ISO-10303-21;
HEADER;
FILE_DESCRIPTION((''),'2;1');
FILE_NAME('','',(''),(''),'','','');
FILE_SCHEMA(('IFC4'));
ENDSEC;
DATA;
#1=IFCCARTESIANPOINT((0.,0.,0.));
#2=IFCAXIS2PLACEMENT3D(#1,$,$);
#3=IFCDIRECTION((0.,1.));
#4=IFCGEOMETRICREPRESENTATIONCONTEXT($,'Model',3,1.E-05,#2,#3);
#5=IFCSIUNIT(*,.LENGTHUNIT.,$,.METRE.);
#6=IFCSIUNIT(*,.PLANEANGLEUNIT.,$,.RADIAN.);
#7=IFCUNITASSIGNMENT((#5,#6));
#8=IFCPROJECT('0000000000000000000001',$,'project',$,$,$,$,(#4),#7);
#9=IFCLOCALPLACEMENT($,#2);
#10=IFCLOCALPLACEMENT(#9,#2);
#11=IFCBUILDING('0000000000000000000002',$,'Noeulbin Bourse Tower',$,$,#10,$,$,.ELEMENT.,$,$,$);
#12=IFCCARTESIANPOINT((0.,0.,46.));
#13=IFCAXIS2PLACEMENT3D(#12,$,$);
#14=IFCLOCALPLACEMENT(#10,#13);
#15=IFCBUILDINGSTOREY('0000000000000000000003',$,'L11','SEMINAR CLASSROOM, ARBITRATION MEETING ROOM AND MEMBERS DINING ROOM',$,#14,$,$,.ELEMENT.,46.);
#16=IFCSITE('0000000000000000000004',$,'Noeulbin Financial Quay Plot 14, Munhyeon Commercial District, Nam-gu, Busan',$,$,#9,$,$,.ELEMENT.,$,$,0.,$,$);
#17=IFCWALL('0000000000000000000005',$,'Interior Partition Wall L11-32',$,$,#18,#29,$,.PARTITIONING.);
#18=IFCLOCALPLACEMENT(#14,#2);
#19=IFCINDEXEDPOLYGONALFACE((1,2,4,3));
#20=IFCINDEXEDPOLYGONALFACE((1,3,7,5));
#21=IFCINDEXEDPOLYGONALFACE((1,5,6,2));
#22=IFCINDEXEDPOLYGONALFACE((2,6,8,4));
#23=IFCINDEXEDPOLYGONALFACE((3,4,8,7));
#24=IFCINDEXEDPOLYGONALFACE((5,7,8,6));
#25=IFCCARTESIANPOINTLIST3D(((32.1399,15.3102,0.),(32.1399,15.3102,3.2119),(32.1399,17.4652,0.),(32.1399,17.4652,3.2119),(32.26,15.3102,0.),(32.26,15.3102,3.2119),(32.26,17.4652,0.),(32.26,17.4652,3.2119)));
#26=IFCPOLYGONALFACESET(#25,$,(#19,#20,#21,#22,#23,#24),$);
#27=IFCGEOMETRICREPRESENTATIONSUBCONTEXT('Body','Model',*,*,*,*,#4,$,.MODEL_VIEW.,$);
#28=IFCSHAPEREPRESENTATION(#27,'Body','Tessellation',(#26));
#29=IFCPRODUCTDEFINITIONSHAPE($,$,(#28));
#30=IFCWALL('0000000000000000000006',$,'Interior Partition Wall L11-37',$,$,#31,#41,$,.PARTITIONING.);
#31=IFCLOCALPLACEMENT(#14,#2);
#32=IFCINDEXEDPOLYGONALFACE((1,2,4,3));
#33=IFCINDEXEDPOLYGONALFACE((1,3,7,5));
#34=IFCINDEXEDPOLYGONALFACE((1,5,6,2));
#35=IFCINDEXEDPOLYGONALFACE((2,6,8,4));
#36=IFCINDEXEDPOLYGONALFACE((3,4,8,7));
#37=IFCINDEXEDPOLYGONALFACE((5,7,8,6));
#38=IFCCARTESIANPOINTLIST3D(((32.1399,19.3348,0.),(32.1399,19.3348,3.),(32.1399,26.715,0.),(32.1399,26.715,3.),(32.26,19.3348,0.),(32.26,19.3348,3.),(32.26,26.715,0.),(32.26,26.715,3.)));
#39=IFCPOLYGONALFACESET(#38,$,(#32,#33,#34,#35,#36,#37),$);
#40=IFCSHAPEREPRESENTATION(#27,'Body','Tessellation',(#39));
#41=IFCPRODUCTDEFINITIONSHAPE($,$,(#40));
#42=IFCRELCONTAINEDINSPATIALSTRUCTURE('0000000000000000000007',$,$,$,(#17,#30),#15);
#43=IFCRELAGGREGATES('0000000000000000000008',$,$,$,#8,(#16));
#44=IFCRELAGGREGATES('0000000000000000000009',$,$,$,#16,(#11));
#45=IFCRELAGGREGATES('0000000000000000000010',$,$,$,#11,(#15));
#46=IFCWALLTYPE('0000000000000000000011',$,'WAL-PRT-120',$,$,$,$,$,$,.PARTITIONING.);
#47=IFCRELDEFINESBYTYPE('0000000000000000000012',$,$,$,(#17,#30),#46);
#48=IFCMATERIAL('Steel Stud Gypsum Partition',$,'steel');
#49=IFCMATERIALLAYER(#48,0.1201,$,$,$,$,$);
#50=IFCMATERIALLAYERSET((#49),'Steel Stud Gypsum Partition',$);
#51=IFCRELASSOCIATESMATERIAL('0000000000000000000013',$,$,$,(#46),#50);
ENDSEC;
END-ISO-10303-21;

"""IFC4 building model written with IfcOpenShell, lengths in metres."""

from ifc_helpers import new_model, si_unit, direction, frame, frame_2d, origin, place, context, subcontext, project, spatial, rectangle, extrude, material, layer, layer_set, type_object, element, save


model = new_model("IFC4")

# Units and contexts
model_context = context("Model", 3, precision=1e-05, world=origin(), true_north=direction((0.0, 1.0)))
body_context = subcontext(model_context, "Body", "Model", "MODEL_VIEW")
ifc_project = project(units=[si_unit("LENGTHUNIT", "METRE"), si_unit("PLANEANGLEUNIT", "RADIAN")], contexts=[model_context])

# Site, building, storey
site_placement = place(None, origin())
site = spatial("IfcSite", under=ifc_project, at=site_placement, Name="Noeulbin Financial Quay Plot 14, Munhyeon Commercial District, Nam-gu, Busan", CompositionType="ELEMENT", RefElevation=0.0)
building_placement = place(site_placement, origin())
building = spatial("IfcBuilding", under=site, at=building_placement, Name="Noeulbin Bourse Tower", CompositionType="ELEMENT")
storey_placement = place(building_placement, frame((0.0, 0.0, 46.0)))
storey = spatial("IfcBuildingStorey", under=building, at=storey_placement, Name="L11", Description="SEMINAR CLASSROOM, ARBITRATION MEETING ROOM AND MEMBERS DINING ROOM", CompositionType="ELEMENT", Elevation=46.0)

# Walls
ifc_material_1 = material(Name="Steel Stud Gypsum Partition", Category="steel")
ifc_layer_1 = layer(ifc_material_1, 0.1201)
ifc_layer_set_1 = layer_set([ifc_layer_1], Name="Steel Stud Gypsum Partition")
wall_type = type_object("IfcWallType", Name="WAL-PRT-120", PredefinedType="PARTITIONING", material=ifc_layer_set_1)
wall_1_placement = place(storey_placement, frame((32.2, 15.3101, 0.0), z_axis=(0.0, 0.0, 1.0), x_axis=(0.0, 1.0, 0.0)))
element("IfcWall", 1, at=wall_1_placement, inside=storey, type_object=wall_type, Name="Interior Partition Wall L11-32", PredefinedType="PARTITIONING", context=body_context, shape_type="SweptSolid", body=[
    extrude(rectangle(XDim=2.155, YDim=0.1201, at=frame_2d((1.0776, 0.0))), origin(), (0.0, 0.0, 1.0), 3.2119),
])
wall_2_placement = place(storey_placement, frame((32.2, 19.335, 0.0), z_axis=(0.0, 0.0, 1.0), x_axis=(0.0, 1.0, 0.0)))
element("IfcWall", 2, at=wall_2_placement, inside=storey, type_object=wall_type, Name="Interior Partition Wall L11-37", PredefinedType="PARTITIONING", context=body_context, shape_type="SweptSolid", body=[
    extrude(rectangle(XDim=7.3801, YDim=0.1201, at=frame_2d((3.6899, 0.0))), origin(), (0.0, 0.0, 1.0), 3.0),
])

save(model, "model.ifc")
